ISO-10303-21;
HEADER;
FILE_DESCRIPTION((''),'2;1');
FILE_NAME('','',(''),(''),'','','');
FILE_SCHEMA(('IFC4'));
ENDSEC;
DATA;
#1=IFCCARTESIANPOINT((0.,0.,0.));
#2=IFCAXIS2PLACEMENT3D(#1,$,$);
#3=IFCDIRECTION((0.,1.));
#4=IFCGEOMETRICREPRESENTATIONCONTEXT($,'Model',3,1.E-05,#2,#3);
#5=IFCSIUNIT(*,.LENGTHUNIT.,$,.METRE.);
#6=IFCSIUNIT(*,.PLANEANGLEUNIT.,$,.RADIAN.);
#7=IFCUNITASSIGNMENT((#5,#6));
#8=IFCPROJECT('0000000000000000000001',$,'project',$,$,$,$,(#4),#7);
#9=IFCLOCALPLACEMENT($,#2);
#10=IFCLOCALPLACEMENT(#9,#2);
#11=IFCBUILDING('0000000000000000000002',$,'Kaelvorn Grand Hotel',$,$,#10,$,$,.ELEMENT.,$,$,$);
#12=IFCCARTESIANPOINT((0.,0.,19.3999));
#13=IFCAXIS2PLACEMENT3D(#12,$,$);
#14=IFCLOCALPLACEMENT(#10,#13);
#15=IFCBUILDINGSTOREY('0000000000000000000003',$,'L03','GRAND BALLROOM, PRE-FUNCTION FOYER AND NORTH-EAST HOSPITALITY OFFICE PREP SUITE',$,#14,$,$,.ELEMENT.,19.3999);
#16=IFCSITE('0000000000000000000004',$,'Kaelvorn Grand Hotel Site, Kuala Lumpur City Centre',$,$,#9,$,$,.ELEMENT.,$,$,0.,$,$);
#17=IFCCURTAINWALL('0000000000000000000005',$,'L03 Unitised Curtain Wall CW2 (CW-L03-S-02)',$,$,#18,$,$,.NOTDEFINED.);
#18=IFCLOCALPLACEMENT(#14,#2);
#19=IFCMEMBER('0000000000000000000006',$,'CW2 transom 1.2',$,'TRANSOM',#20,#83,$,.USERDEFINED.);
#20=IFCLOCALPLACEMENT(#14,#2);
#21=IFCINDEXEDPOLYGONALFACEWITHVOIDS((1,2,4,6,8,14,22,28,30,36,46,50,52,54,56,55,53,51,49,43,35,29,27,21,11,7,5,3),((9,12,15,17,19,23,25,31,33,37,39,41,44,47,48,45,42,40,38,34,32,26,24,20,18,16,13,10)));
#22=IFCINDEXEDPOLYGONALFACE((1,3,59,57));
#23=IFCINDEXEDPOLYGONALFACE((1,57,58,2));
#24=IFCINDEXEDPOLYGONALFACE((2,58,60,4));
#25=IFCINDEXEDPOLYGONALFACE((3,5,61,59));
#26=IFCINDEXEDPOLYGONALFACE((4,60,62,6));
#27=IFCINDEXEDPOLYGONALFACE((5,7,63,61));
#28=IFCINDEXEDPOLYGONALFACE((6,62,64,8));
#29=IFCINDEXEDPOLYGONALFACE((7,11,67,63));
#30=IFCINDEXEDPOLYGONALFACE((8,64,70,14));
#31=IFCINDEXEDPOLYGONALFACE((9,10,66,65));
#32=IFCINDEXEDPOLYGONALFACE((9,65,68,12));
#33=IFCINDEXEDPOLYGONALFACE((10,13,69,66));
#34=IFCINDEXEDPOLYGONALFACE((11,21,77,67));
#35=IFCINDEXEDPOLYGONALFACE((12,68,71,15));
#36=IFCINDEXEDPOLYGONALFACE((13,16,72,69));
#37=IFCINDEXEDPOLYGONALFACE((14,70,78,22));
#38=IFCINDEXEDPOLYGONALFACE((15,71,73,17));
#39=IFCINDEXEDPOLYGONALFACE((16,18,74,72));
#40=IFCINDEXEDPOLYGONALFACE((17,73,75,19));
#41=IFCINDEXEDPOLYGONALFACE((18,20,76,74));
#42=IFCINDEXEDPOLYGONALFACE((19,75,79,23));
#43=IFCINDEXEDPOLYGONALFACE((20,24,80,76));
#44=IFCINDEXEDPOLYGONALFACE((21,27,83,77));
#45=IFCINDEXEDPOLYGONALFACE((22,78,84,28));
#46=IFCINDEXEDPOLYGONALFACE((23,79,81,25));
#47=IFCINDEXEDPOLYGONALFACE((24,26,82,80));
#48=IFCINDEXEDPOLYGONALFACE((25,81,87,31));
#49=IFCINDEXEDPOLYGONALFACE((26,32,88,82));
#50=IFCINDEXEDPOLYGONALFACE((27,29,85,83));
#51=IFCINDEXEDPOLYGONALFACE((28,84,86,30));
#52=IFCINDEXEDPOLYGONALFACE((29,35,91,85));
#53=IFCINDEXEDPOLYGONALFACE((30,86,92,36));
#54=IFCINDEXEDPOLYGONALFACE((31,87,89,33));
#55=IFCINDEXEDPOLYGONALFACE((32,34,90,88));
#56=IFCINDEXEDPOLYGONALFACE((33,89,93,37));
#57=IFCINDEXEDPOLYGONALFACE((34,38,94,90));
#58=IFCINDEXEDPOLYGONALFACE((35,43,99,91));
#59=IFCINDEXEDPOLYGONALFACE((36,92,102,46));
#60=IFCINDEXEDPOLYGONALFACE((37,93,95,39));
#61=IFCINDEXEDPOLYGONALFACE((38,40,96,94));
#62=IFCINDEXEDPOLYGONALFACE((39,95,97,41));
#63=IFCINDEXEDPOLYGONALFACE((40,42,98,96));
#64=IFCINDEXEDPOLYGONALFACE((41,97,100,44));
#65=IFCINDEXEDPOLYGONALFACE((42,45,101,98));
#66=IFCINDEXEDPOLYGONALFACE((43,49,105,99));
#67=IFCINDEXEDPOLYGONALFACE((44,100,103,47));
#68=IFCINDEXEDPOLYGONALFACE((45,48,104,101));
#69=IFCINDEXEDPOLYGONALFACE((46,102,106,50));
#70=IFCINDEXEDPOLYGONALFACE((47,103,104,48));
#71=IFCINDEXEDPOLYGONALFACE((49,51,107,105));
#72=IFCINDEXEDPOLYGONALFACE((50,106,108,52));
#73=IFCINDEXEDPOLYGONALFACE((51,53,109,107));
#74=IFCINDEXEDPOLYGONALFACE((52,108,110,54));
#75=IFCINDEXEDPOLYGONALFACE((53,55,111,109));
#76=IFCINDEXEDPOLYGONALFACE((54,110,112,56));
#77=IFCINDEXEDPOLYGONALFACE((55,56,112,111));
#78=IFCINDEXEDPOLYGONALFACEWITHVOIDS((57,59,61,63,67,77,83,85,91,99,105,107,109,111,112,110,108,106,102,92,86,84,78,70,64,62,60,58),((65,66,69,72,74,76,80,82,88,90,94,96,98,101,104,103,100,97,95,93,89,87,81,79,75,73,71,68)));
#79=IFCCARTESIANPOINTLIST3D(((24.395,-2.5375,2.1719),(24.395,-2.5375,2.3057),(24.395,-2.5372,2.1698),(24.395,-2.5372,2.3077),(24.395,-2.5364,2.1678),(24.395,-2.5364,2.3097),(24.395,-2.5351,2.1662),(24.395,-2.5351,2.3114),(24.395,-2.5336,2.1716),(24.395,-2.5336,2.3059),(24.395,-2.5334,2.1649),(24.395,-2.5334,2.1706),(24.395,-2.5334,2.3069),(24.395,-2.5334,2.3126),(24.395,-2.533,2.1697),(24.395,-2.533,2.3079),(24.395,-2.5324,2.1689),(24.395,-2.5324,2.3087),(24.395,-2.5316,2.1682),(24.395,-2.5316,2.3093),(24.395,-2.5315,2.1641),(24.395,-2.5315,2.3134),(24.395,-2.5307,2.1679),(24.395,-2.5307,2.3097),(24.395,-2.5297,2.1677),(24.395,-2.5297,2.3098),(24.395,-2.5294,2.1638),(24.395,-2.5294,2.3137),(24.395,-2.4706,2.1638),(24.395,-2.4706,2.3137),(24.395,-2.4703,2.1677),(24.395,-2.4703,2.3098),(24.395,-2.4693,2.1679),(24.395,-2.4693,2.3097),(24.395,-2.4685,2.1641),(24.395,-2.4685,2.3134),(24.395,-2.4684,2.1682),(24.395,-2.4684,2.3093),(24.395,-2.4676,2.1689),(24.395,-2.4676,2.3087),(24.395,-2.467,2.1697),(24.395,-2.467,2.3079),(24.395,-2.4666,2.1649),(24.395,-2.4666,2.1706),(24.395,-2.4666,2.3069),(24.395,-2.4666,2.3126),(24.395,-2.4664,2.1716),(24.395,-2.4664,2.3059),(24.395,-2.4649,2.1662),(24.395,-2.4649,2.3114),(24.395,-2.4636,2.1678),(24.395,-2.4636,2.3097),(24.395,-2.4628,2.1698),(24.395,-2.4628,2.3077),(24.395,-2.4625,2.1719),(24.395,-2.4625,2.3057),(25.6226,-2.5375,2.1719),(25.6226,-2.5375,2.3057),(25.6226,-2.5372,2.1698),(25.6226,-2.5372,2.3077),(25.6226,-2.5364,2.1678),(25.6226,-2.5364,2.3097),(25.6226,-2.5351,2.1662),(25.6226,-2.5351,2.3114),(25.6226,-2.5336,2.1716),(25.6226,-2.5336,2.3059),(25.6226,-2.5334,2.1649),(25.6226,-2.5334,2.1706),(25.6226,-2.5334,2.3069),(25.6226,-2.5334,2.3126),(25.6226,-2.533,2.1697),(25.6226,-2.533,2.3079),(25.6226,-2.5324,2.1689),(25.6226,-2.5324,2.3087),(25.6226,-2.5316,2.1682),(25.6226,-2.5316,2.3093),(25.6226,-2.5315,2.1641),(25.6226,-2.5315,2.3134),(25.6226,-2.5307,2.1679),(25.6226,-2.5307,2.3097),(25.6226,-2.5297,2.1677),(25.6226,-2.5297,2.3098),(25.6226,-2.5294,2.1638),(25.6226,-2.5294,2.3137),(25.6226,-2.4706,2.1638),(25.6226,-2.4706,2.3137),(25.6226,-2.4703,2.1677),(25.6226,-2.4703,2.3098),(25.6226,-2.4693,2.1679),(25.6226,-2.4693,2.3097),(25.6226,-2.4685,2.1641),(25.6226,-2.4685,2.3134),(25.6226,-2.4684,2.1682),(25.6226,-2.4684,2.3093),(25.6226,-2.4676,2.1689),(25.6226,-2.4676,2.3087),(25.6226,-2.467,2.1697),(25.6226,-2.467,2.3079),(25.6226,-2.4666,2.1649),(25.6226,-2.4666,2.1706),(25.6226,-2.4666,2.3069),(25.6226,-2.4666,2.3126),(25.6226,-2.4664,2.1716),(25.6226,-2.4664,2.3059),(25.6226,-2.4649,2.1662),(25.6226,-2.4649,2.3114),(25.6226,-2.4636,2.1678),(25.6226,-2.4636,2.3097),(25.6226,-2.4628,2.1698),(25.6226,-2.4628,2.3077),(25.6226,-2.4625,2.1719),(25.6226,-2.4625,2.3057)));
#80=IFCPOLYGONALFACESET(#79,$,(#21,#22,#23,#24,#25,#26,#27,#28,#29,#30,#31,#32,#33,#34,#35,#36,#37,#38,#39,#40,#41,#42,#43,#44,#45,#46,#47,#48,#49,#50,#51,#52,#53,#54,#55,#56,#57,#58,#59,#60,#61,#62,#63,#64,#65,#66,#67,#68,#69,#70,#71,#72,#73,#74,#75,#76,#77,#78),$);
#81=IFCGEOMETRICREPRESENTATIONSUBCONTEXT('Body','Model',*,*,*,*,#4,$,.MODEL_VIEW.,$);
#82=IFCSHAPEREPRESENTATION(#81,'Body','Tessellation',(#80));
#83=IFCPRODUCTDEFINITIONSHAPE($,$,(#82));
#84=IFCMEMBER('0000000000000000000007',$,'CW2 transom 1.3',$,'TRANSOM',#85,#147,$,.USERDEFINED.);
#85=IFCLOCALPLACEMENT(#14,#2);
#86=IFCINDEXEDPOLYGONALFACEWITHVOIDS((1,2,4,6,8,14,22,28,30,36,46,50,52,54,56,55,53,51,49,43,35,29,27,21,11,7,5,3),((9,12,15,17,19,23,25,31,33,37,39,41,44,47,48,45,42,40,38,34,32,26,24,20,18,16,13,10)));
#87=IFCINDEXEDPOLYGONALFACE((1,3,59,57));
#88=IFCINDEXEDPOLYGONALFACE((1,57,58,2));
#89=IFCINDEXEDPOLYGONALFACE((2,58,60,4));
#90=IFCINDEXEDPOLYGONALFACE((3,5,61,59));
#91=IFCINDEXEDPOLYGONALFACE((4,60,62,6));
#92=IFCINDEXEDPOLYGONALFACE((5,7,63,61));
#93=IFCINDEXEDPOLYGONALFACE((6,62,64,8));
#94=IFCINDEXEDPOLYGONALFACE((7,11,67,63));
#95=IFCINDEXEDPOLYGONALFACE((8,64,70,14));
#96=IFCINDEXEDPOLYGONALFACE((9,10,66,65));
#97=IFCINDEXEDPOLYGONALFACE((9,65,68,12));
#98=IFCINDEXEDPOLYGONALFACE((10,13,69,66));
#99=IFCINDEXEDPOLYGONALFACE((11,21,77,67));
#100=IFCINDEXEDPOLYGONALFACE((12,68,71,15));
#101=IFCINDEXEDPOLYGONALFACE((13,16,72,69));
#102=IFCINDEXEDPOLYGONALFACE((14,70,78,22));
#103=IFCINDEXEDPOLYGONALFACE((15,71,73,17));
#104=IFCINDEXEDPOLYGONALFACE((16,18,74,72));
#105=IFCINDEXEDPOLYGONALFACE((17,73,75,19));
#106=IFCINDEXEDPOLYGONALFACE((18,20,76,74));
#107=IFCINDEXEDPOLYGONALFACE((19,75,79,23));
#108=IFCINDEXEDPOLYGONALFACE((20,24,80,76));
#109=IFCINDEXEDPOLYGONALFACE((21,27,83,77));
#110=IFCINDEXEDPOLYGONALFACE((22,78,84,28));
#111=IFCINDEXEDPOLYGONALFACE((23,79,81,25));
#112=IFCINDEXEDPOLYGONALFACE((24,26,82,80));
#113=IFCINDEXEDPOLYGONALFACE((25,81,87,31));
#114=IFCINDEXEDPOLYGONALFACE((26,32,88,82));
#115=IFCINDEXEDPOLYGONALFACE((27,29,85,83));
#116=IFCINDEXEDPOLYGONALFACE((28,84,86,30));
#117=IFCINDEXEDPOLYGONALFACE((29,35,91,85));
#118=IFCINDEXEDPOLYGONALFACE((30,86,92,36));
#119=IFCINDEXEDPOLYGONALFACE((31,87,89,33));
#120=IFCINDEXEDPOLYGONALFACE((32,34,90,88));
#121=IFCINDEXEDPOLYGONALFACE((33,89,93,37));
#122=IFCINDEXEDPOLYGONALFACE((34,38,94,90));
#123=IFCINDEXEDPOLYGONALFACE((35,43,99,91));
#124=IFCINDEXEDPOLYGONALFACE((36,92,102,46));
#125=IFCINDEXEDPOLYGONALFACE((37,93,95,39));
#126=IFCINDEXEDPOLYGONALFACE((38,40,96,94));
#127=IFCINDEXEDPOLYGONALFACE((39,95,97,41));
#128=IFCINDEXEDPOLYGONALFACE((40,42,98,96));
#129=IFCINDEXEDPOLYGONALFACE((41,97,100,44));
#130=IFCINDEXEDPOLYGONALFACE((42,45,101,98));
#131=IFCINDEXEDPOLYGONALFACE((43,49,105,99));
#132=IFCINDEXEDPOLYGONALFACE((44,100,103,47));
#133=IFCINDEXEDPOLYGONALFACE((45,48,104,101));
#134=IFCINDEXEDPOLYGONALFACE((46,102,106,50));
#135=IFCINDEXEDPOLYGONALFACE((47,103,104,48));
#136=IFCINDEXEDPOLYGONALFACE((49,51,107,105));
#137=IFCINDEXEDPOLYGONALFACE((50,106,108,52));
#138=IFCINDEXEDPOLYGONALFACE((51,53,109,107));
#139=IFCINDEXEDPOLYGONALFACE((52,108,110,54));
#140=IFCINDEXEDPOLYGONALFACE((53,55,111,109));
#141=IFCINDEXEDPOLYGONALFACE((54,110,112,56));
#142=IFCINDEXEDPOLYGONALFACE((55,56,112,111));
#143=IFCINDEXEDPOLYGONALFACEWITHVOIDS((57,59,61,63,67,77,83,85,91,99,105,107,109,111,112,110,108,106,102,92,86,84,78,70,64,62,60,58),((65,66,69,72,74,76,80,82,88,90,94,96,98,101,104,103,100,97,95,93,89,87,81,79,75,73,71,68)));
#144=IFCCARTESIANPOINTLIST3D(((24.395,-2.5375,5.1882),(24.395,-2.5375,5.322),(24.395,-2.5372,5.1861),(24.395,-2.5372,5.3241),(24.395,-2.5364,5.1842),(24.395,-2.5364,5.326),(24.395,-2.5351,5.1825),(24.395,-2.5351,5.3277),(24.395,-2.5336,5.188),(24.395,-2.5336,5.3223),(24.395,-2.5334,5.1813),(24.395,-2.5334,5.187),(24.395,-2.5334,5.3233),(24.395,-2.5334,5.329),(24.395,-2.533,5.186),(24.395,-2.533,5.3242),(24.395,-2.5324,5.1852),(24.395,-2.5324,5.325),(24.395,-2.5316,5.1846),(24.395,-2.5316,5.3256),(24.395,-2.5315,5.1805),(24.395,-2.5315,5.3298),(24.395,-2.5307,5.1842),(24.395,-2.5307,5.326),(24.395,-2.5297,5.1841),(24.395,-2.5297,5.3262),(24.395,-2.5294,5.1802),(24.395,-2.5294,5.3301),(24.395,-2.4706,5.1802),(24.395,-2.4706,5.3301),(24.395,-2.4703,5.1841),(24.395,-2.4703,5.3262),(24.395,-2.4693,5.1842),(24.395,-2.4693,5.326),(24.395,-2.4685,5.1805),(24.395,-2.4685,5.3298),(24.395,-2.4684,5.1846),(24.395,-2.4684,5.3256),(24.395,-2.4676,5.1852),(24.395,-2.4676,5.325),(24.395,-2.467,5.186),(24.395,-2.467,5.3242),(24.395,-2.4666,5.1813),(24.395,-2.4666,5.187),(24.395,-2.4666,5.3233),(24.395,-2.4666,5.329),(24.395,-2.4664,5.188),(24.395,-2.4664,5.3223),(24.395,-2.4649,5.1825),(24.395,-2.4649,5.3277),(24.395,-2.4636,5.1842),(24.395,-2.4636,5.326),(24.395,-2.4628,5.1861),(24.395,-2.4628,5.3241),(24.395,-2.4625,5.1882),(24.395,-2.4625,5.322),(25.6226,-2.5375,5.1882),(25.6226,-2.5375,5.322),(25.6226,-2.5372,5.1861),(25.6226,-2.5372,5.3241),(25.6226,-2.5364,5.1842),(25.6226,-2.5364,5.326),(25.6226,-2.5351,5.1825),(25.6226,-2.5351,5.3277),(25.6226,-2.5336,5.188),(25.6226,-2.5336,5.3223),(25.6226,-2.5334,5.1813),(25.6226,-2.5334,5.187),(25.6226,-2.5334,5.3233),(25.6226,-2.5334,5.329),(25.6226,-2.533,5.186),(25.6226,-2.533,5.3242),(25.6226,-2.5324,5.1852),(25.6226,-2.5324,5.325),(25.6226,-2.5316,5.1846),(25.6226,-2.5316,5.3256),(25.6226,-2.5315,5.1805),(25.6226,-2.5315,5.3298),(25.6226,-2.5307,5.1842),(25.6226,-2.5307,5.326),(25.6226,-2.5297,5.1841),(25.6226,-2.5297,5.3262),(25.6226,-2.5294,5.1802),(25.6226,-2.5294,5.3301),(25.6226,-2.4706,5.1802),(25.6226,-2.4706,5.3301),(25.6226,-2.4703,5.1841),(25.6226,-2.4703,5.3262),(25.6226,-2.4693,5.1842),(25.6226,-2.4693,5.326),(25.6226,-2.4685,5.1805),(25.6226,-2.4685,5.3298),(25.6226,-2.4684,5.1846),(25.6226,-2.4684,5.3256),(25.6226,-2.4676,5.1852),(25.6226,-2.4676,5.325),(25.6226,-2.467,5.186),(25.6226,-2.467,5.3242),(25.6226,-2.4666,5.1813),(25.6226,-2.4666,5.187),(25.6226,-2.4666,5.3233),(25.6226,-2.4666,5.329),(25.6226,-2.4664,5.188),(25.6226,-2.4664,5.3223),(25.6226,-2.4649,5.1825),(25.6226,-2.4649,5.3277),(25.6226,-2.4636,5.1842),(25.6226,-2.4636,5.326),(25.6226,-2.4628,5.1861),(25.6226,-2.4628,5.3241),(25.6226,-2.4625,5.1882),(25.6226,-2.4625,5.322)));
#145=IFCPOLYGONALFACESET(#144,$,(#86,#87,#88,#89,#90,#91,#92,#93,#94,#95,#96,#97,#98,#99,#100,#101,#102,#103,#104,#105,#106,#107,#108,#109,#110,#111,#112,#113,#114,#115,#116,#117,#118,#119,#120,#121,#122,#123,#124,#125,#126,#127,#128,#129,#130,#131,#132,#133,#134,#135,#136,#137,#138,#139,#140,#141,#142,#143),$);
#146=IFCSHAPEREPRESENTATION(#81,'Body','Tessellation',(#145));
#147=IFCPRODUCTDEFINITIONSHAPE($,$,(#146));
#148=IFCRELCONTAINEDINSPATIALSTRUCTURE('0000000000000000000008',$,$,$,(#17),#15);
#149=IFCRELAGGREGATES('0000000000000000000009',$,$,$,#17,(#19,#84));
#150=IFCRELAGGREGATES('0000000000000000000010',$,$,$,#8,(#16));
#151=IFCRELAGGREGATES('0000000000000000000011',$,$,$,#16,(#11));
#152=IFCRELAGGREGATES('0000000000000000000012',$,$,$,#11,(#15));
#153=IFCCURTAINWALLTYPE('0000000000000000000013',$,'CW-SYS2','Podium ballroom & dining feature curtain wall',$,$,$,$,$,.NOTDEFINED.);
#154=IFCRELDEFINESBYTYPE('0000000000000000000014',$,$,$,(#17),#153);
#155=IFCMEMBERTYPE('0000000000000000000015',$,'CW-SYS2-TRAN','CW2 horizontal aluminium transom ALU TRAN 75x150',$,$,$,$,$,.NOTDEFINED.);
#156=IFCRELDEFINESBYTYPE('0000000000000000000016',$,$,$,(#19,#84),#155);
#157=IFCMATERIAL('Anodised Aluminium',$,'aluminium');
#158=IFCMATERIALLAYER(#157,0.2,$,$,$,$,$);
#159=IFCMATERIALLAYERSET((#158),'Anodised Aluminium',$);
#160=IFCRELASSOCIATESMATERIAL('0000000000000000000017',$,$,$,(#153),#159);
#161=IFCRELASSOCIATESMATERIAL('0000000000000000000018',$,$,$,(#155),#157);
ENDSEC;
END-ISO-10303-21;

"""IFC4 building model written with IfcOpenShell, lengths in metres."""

from ifc_helpers import new_model, si_unit, direction, frame, origin, origin_2d, place, context, subcontext, project, spatial, hollow_rectangle, extrude, material, layer, layer_set, material_profile, profile_set, type_object, element, aggregate, save


model = new_model("IFC4")

# Units and contexts
model_context = context("Model", 3, precision=1e-05, world=origin(), true_north=direction((0.0, 1.0)))
body_context = subcontext(model_context, "Body", "Model", "MODEL_VIEW")
ifc_project = project(units=[si_unit("LENGTHUNIT", "METRE"), si_unit("PLANEANGLEUNIT", "RADIAN")], contexts=[model_context])

# Site, building, storey
site_placement = place(None, origin())
site = spatial("IfcSite", under=ifc_project, at=site_placement, Name="Kaelvorn Grand Hotel Site, Kuala Lumpur City Centre", CompositionType="ELEMENT", RefElevation=0.0)
building_placement = place(site_placement, origin())
building = spatial("IfcBuilding", under=site, at=building_placement, Name="Kaelvorn Grand Hotel", CompositionType="ELEMENT")
storey_placement = place(building_placement, frame((0.0, 0.0, 19.3999)))
storey = spatial("IfcBuildingStorey", under=building, at=storey_placement, Name="L03", Description="GRAND BALLROOM, PRE-FUNCTION FOYER AND NORTH-EAST HOSPITALITY OFFICE PREP SUITE", CompositionType="ELEMENT", Elevation=19.3999)

# Curtain wall
ifc_material_1 = material(Name="Anodised Aluminium", Category="aluminium")
ifc_layer_1 = layer(ifc_material_1, 0.2)
ifc_layer_set_1 = layer_set([ifc_layer_1], Name="Anodised Aluminium")
curtain_wall_type = type_object("IfcCurtainWallType", Name="CW-SYS2", Description="Podium ballroom & dining feature curtain wall", PredefinedType="NOTDEFINED", material=ifc_layer_set_1)
curtain_wall_1_placement = place(storey_placement, origin())
curtain_wall_1 = element("IfcCurtainWall", 1, at=curtain_wall_1_placement, inside=storey, type_object=curtain_wall_type, Name="L03 Unitised Curtain Wall CW2 (CW-L03-S-02)", PredefinedType="NOTDEFINED")

# Members
ifc_material_profile_1 = material_profile(ifc_material_1, hollow_rectangle(XDim=0.075, YDim=0.1499, WallThickness=0.0039, InnerFilletRadius=0.0039, OuterFilletRadius=0.0081, at=origin_2d()), Name="ALU TRAN 75x150")
ifc_profile_set_1 = profile_set([ifc_material_profile_1], Name="Anodised Aluminium")
member_type_1 = type_object("IfcMemberType", Name="CW-SYS2-TRAN", Description="CW2 horizontal aluminium transom ALU TRAN 75x150", PredefinedType="NOTDEFINED", material=ifc_profile_set_1)
member_1_placement = place(storey_placement, frame((24.395, -2.5, 2.2388), z_axis=(1.0, 0.0, 0.0), x_axis=(0.0, 1.0, 0.0)))
member_1 = element("IfcMember", 2, at=member_1_placement, type_object=member_type_1, Name="CW2 transom 1.2", ObjectType="TRANSOM", PredefinedType="USERDEFINED", context=body_context, shape_type="SweptSolid", body=[
    extrude(hollow_rectangle(XDim=0.075, YDim=0.1499, WallThickness=0.0039, InnerFilletRadius=0.0039, OuterFilletRadius=0.0081, at=origin_2d()), origin(), (0.0, 0.0, 1.0), 1.2275),
])
member_2_placement = place(storey_placement, frame((24.395, -2.5, 5.2551), z_axis=(1.0, 0.0, 0.0), x_axis=(0.0, 1.0, 0.0)))
member_2 = element("IfcMember", 3, at=member_2_placement, type_object=member_type_1, Name="CW2 transom 1.3", ObjectType="TRANSOM", PredefinedType="USERDEFINED", context=body_context, shape_type="SweptSolid", body=[
    extrude(hollow_rectangle(XDim=0.075, YDim=0.1499, WallThickness=0.0039, InnerFilletRadius=0.0039, OuterFilletRadius=0.0081, at=origin_2d()), origin(), (0.0, 0.0, 1.0), 1.2275),
])

aggregate(curtain_wall_1, [member_1, member_2])

save(model, "model.ifc")
